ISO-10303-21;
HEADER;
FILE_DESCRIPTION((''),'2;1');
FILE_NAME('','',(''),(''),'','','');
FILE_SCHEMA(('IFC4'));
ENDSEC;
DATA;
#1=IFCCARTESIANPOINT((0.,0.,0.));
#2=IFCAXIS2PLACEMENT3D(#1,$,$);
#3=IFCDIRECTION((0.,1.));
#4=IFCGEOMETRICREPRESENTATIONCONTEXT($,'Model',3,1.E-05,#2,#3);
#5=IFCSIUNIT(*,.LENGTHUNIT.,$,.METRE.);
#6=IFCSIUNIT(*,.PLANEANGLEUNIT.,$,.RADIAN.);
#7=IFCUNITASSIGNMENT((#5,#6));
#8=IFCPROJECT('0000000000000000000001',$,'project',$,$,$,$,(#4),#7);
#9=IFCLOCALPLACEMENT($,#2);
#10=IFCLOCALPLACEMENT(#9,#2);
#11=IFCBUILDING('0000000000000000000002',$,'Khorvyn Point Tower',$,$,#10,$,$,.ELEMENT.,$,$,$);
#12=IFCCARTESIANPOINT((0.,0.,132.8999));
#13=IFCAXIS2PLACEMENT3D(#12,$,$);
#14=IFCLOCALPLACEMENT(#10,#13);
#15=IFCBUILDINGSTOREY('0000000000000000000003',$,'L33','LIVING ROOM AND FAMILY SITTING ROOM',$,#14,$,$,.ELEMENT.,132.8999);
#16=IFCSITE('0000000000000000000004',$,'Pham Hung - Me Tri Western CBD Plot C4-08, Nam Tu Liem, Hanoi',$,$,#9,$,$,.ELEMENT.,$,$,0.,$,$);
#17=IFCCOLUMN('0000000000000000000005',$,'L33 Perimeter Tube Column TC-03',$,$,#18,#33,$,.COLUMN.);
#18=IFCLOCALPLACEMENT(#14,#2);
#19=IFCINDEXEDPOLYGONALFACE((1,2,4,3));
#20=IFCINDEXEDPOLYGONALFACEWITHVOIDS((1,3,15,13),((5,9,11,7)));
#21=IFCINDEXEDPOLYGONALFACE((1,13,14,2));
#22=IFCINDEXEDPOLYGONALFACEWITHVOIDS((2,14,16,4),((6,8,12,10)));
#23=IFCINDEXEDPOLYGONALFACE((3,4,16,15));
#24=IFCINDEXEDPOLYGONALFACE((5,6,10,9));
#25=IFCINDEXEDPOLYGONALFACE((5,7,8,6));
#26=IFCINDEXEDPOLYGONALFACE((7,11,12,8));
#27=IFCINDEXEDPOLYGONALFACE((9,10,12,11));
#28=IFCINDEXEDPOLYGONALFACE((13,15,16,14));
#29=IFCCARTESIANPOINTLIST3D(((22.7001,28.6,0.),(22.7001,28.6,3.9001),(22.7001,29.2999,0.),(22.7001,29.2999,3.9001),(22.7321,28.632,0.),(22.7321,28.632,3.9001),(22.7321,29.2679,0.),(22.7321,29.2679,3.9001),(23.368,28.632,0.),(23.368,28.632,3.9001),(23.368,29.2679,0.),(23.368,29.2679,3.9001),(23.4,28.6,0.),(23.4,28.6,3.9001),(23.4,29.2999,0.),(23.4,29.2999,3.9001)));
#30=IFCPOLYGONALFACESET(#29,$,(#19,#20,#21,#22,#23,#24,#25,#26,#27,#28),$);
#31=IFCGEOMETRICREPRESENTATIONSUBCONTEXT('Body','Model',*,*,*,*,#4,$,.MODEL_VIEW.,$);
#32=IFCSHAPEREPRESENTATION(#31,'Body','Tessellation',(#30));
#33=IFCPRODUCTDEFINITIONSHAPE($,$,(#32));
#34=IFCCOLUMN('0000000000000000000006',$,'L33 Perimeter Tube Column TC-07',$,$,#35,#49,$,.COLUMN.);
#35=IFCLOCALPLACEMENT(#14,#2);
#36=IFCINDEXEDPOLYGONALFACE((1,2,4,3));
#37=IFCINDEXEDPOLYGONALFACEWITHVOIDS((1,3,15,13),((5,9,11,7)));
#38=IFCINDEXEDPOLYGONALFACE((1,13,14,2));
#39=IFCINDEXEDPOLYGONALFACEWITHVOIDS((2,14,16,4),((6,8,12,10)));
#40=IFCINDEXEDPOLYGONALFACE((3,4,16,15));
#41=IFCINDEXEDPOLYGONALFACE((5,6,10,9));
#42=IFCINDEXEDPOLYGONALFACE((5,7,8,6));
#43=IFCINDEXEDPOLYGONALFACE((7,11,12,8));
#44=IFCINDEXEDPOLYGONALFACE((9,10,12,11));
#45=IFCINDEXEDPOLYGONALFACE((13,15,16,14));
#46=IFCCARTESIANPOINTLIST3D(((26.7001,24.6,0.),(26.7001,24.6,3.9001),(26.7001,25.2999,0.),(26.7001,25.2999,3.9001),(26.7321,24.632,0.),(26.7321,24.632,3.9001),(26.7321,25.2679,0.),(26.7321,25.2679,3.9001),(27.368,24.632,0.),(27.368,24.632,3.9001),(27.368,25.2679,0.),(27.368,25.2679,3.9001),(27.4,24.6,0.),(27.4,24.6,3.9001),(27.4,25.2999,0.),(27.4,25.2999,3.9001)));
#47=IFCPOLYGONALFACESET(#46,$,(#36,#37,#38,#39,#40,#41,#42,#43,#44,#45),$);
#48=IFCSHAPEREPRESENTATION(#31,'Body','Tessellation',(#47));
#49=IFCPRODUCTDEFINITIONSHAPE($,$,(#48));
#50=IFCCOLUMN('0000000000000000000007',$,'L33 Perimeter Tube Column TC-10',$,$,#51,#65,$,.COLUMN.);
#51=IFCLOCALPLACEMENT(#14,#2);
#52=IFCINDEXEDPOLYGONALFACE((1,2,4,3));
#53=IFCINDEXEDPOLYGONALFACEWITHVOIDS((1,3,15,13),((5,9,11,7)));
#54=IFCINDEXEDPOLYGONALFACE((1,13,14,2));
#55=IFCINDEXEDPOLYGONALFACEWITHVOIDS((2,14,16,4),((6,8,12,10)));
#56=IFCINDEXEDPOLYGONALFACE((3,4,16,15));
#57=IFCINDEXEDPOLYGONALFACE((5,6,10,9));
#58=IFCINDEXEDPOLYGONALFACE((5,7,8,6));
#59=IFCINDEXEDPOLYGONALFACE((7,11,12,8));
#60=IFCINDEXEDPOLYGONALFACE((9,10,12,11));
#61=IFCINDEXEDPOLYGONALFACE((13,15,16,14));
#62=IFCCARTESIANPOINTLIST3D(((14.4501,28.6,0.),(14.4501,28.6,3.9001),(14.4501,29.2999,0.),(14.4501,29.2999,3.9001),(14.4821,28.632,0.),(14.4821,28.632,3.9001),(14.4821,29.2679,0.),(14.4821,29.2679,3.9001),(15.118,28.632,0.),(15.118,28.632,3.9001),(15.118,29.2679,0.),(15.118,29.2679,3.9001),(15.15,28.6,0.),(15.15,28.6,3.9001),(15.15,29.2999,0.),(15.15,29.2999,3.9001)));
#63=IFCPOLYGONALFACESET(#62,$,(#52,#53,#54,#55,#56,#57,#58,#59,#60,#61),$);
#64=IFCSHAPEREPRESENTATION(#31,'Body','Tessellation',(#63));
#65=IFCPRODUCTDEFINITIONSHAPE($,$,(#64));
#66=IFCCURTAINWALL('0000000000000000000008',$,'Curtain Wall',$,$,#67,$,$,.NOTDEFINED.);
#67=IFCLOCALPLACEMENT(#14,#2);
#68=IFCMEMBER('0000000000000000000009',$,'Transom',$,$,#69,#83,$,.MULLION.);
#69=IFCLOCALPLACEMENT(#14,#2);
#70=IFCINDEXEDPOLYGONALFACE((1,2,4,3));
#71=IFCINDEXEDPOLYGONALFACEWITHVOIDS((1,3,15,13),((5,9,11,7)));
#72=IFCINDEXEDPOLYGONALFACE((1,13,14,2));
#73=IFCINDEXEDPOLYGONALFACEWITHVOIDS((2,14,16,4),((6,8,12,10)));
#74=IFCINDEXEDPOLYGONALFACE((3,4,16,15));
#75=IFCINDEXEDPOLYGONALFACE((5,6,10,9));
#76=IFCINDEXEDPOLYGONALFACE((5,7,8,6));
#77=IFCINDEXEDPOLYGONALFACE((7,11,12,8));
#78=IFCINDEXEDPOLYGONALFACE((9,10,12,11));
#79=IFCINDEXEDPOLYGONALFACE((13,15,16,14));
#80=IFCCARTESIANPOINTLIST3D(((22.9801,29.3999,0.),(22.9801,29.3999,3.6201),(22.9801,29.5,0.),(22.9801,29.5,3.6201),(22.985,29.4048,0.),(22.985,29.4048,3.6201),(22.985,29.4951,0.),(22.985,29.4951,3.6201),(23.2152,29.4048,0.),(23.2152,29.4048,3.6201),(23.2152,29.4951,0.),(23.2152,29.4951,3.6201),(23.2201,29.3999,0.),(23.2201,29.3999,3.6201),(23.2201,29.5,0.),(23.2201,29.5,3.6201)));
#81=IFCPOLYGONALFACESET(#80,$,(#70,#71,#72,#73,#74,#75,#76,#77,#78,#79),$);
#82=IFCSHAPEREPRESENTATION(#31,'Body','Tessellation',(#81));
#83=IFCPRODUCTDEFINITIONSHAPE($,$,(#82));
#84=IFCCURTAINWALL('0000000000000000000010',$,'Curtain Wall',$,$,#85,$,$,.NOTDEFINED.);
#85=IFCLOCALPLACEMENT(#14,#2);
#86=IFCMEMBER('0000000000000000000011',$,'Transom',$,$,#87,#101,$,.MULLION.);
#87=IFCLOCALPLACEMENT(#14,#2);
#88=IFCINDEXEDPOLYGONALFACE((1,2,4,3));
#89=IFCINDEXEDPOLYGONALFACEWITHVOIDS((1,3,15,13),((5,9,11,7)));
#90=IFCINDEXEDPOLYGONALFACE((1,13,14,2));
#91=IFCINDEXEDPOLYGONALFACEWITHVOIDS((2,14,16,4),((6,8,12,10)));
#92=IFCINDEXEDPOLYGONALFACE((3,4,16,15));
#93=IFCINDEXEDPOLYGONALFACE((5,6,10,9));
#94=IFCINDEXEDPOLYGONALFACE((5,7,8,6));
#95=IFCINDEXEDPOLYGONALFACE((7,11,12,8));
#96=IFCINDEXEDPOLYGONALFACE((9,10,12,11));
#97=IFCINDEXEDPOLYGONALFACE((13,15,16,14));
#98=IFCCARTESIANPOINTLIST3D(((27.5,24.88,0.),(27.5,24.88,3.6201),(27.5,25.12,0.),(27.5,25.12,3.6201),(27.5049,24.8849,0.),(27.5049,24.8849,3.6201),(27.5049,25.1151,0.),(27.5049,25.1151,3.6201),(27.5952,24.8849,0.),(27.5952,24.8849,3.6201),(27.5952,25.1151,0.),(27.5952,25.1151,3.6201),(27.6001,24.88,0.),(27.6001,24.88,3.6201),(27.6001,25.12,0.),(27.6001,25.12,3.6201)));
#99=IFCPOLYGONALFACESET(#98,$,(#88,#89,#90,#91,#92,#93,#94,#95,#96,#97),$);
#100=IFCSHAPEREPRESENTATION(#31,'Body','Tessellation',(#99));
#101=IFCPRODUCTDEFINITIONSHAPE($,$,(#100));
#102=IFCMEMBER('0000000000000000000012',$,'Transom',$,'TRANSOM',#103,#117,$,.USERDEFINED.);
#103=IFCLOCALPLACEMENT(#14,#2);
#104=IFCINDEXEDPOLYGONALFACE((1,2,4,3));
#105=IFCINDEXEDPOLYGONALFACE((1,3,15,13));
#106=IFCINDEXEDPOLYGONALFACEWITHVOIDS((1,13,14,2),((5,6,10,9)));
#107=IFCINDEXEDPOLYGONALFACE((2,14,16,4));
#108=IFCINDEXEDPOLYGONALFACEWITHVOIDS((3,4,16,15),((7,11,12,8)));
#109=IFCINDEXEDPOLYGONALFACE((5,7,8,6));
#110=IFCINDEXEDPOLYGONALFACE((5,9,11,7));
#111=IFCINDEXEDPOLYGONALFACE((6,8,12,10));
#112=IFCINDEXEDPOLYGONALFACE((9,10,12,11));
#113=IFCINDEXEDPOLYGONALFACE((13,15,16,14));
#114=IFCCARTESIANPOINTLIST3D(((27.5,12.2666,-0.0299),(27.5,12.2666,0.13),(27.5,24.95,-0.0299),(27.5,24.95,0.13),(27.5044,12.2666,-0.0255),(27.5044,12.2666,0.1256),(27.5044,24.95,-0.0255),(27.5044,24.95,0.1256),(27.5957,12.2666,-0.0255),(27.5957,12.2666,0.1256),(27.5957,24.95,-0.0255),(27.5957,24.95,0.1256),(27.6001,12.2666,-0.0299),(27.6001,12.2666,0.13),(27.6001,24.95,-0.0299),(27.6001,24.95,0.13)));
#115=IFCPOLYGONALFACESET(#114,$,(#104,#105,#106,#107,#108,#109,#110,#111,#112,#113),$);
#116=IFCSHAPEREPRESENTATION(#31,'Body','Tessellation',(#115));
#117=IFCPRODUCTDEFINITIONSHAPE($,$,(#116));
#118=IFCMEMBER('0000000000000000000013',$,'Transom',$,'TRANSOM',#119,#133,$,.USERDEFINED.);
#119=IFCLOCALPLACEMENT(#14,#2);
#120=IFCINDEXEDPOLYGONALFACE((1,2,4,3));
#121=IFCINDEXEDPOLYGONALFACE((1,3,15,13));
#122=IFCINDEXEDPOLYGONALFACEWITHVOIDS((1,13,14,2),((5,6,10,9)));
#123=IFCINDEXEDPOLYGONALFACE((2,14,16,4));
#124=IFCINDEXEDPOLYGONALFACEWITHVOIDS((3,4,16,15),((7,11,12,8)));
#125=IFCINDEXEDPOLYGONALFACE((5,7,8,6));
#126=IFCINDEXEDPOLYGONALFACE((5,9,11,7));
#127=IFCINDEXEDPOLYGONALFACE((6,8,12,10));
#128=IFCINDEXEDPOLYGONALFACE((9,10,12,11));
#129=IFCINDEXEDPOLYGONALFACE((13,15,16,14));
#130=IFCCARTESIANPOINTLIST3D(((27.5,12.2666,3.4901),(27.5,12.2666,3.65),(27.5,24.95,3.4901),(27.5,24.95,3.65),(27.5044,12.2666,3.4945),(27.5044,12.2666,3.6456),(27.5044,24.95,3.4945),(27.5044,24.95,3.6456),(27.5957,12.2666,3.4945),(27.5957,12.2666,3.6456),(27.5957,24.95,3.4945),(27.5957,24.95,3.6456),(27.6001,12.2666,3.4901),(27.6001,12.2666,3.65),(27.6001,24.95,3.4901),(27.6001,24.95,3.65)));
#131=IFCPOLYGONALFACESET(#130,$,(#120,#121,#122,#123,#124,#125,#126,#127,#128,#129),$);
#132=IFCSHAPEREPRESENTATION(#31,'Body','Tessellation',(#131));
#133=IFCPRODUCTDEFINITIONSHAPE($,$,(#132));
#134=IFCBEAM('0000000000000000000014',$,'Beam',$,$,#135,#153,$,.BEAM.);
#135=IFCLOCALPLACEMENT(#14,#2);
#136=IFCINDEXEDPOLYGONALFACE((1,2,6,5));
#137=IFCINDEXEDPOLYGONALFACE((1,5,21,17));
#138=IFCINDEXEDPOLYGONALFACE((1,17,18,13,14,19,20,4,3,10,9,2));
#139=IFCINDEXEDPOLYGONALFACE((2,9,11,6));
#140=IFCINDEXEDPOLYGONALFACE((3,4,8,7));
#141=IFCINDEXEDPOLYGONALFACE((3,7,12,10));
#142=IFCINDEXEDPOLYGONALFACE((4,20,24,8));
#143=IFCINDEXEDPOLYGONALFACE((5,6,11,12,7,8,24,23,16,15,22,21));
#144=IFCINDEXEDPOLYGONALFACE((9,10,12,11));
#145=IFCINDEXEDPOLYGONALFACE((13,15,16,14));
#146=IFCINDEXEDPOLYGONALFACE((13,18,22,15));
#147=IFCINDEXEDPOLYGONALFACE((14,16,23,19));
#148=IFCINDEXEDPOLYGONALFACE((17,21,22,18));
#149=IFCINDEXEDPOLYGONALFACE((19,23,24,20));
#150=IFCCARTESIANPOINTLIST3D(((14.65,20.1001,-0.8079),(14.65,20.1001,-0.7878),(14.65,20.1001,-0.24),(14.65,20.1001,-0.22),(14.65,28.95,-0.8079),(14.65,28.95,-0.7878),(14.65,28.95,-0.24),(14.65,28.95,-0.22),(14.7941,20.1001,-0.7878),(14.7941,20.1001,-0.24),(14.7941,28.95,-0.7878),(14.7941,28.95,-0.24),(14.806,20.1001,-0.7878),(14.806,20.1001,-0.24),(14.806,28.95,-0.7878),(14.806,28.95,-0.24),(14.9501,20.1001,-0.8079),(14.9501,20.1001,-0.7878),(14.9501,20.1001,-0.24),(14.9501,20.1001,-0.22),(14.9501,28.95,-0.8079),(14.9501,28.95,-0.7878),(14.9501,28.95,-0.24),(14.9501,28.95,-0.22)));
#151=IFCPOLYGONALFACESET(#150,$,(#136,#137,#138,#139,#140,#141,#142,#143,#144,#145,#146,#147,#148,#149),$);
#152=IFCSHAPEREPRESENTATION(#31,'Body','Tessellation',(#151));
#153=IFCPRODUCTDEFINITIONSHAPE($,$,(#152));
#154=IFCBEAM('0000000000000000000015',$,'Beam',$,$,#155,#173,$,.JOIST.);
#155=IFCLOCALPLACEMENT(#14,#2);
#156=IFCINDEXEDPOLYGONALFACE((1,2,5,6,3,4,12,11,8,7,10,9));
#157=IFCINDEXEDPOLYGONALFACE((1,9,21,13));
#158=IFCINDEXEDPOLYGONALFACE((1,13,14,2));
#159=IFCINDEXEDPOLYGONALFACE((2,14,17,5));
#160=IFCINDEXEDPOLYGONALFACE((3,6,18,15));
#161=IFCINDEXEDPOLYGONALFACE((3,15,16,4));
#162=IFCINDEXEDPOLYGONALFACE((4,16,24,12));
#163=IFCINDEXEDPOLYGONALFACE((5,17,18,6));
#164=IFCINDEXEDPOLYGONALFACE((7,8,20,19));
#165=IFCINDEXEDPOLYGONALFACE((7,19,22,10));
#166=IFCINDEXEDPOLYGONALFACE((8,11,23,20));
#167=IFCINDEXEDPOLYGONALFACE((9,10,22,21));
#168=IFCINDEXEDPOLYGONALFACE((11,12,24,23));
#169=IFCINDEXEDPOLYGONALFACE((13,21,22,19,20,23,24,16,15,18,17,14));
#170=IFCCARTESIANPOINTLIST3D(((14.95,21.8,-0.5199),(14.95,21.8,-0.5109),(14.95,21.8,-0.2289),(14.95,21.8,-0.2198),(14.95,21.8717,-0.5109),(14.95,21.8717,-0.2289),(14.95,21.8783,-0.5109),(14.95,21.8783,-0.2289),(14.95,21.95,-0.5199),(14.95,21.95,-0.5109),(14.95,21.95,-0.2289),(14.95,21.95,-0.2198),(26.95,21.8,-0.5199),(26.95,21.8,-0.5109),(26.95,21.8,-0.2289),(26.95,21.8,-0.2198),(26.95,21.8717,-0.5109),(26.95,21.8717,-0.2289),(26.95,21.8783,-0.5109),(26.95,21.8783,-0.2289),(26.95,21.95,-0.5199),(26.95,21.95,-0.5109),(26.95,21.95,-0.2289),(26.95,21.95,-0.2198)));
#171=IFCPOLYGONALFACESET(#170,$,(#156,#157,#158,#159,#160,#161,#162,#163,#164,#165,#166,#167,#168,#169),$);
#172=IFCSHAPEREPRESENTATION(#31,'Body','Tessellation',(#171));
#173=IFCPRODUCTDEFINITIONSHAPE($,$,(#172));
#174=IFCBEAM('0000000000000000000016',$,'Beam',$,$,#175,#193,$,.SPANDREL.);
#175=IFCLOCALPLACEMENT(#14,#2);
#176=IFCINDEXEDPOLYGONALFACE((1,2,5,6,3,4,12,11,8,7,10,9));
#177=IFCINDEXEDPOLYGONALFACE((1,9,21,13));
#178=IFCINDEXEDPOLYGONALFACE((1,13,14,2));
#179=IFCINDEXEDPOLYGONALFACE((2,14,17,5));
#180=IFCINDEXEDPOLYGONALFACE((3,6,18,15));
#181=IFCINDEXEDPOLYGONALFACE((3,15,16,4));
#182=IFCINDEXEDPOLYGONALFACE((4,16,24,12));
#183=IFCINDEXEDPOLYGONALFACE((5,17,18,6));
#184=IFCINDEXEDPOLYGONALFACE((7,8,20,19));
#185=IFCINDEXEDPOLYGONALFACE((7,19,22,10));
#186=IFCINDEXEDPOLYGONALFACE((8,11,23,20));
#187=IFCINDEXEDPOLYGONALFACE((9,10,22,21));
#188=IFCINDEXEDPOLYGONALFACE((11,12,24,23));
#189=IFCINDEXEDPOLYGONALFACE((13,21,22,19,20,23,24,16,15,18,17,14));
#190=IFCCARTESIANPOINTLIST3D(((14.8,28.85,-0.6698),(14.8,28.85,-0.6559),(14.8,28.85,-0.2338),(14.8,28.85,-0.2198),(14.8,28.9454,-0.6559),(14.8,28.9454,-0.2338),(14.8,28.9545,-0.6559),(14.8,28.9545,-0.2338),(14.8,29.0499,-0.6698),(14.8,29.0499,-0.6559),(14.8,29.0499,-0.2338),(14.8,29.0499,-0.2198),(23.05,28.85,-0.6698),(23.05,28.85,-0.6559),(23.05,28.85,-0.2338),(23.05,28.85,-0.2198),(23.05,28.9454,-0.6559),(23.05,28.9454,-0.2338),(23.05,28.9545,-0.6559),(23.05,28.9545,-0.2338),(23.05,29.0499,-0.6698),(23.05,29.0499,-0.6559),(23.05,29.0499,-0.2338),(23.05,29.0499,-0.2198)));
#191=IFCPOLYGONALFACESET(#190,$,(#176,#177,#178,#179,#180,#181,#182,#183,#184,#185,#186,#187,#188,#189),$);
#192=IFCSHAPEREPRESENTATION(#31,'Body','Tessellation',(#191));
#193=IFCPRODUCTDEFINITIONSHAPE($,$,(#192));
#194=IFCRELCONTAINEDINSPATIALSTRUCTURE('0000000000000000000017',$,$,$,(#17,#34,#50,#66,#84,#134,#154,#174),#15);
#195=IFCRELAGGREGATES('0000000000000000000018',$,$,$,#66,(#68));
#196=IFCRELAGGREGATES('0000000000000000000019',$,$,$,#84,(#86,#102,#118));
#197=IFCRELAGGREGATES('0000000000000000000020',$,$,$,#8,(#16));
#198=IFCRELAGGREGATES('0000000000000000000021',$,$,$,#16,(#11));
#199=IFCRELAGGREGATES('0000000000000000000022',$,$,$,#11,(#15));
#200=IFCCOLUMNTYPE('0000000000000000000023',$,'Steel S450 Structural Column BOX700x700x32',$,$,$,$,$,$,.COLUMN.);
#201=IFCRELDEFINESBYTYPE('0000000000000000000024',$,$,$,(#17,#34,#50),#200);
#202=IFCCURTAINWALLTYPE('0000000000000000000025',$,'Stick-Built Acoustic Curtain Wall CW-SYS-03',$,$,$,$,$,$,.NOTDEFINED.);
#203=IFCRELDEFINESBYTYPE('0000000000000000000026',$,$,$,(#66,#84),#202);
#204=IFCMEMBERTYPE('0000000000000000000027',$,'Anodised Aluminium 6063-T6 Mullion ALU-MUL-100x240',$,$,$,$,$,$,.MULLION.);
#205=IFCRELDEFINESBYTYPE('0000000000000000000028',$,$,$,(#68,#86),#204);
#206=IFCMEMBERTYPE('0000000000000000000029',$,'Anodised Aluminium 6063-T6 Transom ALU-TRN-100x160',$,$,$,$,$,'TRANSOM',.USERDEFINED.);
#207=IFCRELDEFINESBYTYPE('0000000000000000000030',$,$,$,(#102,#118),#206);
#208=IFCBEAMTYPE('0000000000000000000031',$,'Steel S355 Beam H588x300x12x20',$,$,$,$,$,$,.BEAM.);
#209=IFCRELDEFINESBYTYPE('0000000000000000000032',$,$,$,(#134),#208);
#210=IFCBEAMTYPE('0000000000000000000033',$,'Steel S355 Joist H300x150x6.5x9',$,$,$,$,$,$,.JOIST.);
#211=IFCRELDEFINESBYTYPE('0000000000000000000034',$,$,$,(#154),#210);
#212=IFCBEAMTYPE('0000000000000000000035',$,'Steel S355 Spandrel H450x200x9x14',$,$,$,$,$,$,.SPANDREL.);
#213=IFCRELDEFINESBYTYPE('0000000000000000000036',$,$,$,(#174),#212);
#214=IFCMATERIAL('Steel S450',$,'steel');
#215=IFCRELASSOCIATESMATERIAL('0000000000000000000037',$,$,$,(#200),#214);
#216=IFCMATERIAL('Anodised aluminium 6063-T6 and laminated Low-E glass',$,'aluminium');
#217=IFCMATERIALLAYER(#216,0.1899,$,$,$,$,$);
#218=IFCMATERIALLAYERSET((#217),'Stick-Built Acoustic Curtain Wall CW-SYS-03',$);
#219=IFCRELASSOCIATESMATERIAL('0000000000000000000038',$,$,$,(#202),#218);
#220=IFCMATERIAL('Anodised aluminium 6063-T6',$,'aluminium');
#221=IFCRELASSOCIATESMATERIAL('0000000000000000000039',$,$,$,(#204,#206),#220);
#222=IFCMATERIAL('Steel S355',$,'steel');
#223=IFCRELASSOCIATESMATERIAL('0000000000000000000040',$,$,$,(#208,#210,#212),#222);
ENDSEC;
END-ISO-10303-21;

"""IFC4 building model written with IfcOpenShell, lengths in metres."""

from ifc_helpers import new_model, si_unit, direction, frame, origin, origin_2d, place, context, subcontext, project, spatial, hollow_rectangle, i_section, extrude, material, layer, layer_set, material_profile, profile_set, type_object, element, aggregate, save


model = new_model("IFC4")

# Units and contexts
model_context = context("Model", 3, precision=1e-05, world=origin(), true_north=direction((0.0, 1.0)))
body_context = subcontext(model_context, "Body", "Model", "MODEL_VIEW")
ifc_project = project(units=[si_unit("LENGTHUNIT", "METRE"), si_unit("PLANEANGLEUNIT", "RADIAN")], contexts=[model_context])

# Site, building, storey
site_placement = place(None, origin())
site = spatial("IfcSite", under=ifc_project, at=site_placement, Name="Pham Hung - Me Tri Western CBD Plot C4-08, Nam Tu Liem, Hanoi", CompositionType="ELEMENT", RefElevation=0.0)
building_placement = place(site_placement, origin())
building = spatial("IfcBuilding", under=site, at=building_placement, Name="Khorvyn Point Tower", CompositionType="ELEMENT")
storey_placement = place(building_placement, frame((0.0, 0.0, 132.8999)))
storey = spatial("IfcBuildingStorey", under=building, at=storey_placement, Name="L33", Description="LIVING ROOM AND FAMILY SITTING ROOM", CompositionType="ELEMENT", Elevation=132.8999)

# Columns
ifc_material_1 = material(Name="Steel S450", Category="steel")
ifc_material_profile_1 = material_profile(ifc_material_1, hollow_rectangle(XDim=0.7, YDim=0.7, WallThickness=0.032, at=origin_2d()))
ifc_profile_set_1 = profile_set([ifc_material_profile_1], Name="Steel S450 BOX700x700x32")
column_type = type_object("IfcColumnType", Name="Steel S450 Structural Column BOX700x700x32", PredefinedType="COLUMN", material=ifc_profile_set_1)
for number, where, z_axis, x_axis, name in (
    (1, (23.05, 28.95, 0.0), (0.0, 0.0, 1.0), (1.0, 0.0, 0.0), "L33 Perimeter Tube Column TC-03"),
    (2, (27.05, 24.95, 0.0), (0.0, 0.0, 1.0), (1.0, 0.0, 0.0), "L33 Perimeter Tube Column TC-07"),
    (3, (14.8, 28.95, 0.0), (0.0, 0.0, 1.0), (1.0, 0.0, 0.0), "L33 Perimeter Tube Column TC-10"),
):
    element("IfcColumn", number, at=place(storey_placement, frame(where, z_axis=z_axis, x_axis=x_axis)), inside=storey, type_object=column_type, Name=name, PredefinedType="COLUMN", context=body_context, shape_type="SweptSolid", body=[
        extrude(hollow_rectangle(XDim=0.7, YDim=0.7, WallThickness=0.032, at=origin_2d()), origin(), (0.0, 0.0, 1.0), 3.9001),
    ])

# Curtain wall, member
ifc_material_2 = material(Name="Anodised aluminium 6063-T6 and laminated Low-E glass", Category="aluminium")
ifc_layer_1 = layer(ifc_material_2, 0.1899)
ifc_layer_set_1 = layer_set([ifc_layer_1], Name="Stick-Built Acoustic Curtain Wall CW-SYS-03")
curtain_wall_type = type_object("IfcCurtainWallType", Name="Stick-Built Acoustic Curtain Wall CW-SYS-03", PredefinedType="NOTDEFINED", material=ifc_layer_set_1)
curtain_wall_1_placement = place(storey_placement, origin())
curtain_wall_1 = element("IfcCurtainWall", 4, at=curtain_wall_1_placement, inside=storey, type_object=curtain_wall_type, Name="Curtain Wall", PredefinedType="NOTDEFINED")
ifc_material_3 = material(Name="Anodised aluminium 6063-T6", Category="aluminium")
ifc_material_profile_2 = material_profile(ifc_material_3, hollow_rectangle(XDim=0.1001, YDim=0.24, WallThickness=0.0049, at=origin_2d()))
ifc_profile_set_2 = profile_set([ifc_material_profile_2], Name="Anodised aluminium 6063-T6 ALU-MUL-100x240")
member_type_1 = type_object("IfcMemberType", Name="Anodised Aluminium 6063-T6 Mullion ALU-MUL-100x240", PredefinedType="MULLION", material=ifc_profile_set_2)
member_1_placement = place(storey_placement, frame((23.1001, 29.45, 0.0), z_axis=(0.0, 0.0, 1.0), x_axis=(0.0, 1.0, 0.0)))
member_1 = element("IfcMember", 5, at=member_1_placement, type_object=member_type_1, Name="Transom", PredefinedType="MULLION", context=body_context, shape_type="SweptSolid", body=[
    extrude(hollow_rectangle(XDim=0.1001, YDim=0.24, WallThickness=0.0049, at=origin_2d()), origin(), (0.0, 0.0, 1.0), 3.6201),
])

# Curtain wall, members
curtain_wall_2_placement = place(storey_placement, origin())
curtain_wall_2 = element("IfcCurtainWall", 6, at=curtain_wall_2_placement, inside=storey, type_object=curtain_wall_type, Name="Curtain Wall", PredefinedType="NOTDEFINED")
member_2_placement = place(storey_placement, frame((27.55, 25.0, 0.0), z_axis=(0.0, 0.0, 1.0), x_axis=(1.0, 0.0, 0.0)))
member_2 = element("IfcMember", 7, at=member_2_placement, type_object=member_type_1, Name="Transom", PredefinedType="MULLION", context=body_context, shape_type="SweptSolid", body=[
    extrude(hollow_rectangle(XDim=0.1001, YDim=0.24, WallThickness=0.0049, at=origin_2d()), origin(), (0.0, 0.0, 1.0), 3.6201),
])
ifc_material_profile_3 = material_profile(ifc_material_3, hollow_rectangle(XDim=0.1001, YDim=0.1599, WallThickness=0.0044, at=origin_2d()))
ifc_profile_set_3 = profile_set([ifc_material_profile_3], Name="Anodised aluminium 6063-T6 ALU-TRN-100x160")
member_type_2 = type_object("IfcMemberType", Name="Anodised Aluminium 6063-T6 Transom ALU-TRN-100x160", ElementType="TRANSOM", PredefinedType="USERDEFINED", material=ifc_profile_set_3)
member_3_placement = place(storey_placement, frame((27.55, 24.95, 0.05), z_axis=(0.0, -1.0, 0.0), x_axis=(1.0, 0.0, 0.0)))
member_3 = element("IfcMember", 8, at=member_3_placement, type_object=member_type_2, Name="Transom", ObjectType="TRANSOM", PredefinedType="USERDEFINED", context=body_context, shape_type="SweptSolid", body=[
    extrude(hollow_rectangle(XDim=0.1001, YDim=0.1599, WallThickness=0.0044, at=origin_2d()), origin(), (0.0, 0.0, 1.0), 12.6833),
])
member_4_placement = place(storey_placement, frame((27.55, 24.95, 3.5701), z_axis=(0.0, -1.0, 0.0), x_axis=(1.0, 0.0, 0.0)))
member_4 = element("IfcMember", 9, at=member_4_placement, type_object=member_type_2, Name="Transom", ObjectType="TRANSOM", PredefinedType="USERDEFINED", context=body_context, shape_type="SweptSolid", body=[
    extrude(hollow_rectangle(XDim=0.1001, YDim=0.1599, WallThickness=0.0044, at=origin_2d()), origin(), (0.0, 0.0, 1.0), 12.6833),
])

# Beams
ifc_material_4 = material(Name="Steel S355", Category="steel")
ifc_material_profile_4 = material_profile(ifc_material_4, i_section(OverallWidth=0.3, OverallDepth=0.5879, WebThickness=0.012, FlangeThickness=0.02, at=origin_2d()))
ifc_profile_set_4 = profile_set([ifc_material_profile_4], Name="Steel S355 H588x300x12x20")
beam_type_1 = type_object("IfcBeamType", Name="Steel S355 Beam H588x300x12x20", PredefinedType="BEAM", material=ifc_profile_set_4)
beam_1_placement = place(storey_placement, frame((14.8, 20.1001, -0.5139), z_axis=(0.0, 1.0, 0.0), x_axis=(-1.0, 0.0, 0.0)))
element("IfcBeam", 10, at=beam_1_placement, inside=storey, type_object=beam_type_1, Name="Beam", PredefinedType="BEAM", context=body_context, shape_type="SweptSolid", body=[
    extrude(i_section(OverallWidth=0.3, OverallDepth=0.5879, WebThickness=0.012, FlangeThickness=0.02, at=origin_2d()), origin(), (0.0, 0.0, 1.0), 8.8499),
])
ifc_material_profile_5 = material_profile(ifc_material_4, i_section(OverallWidth=0.1499, OverallDepth=0.3, WebThickness=0.0066, FlangeThickness=0.009, at=origin_2d()))
ifc_profile_set_5 = profile_set([ifc_material_profile_5], Name="Steel S355 H300x150x6.5x9")
beam_type_2 = type_object("IfcBeamType", Name="Steel S355 Joist H300x150x6.5x9", PredefinedType="JOIST", material=ifc_profile_set_5)
beam_2_placement = place(storey_placement, frame((14.95, 21.875, -0.3699), z_axis=(1.0, 0.0, 0.0), x_axis=(0.0, 1.0, 0.0)))
element("IfcBeam", 11, at=beam_2_placement, inside=storey, type_object=beam_type_2, Name="Beam", PredefinedType="JOIST", context=body_context, shape_type="SweptSolid", body=[
    extrude(i_section(OverallWidth=0.1499, OverallDepth=0.3, WebThickness=0.0066, FlangeThickness=0.009, at=origin_2d()), origin(), (0.0, 0.0, 1.0), 12.0),
])
ifc_material_profile_6 = material_profile(ifc_material_4, i_section(OverallWidth=0.2, OverallDepth=0.45, WebThickness=0.009, FlangeThickness=0.0139, at=origin_2d()))
ifc_profile_set_6 = profile_set([ifc_material_profile_6], Name="Steel S355 H450x200x9x14")
beam_type_3 = type_object("IfcBeamType", Name="Steel S355 Spandrel H450x200x9x14", PredefinedType="SPANDREL", material=ifc_profile_set_6)
beam_3_placement = place(storey_placement, frame((14.8, 28.95, -0.4448), z_axis=(1.0, 0.0, 0.0), x_axis=(0.0, 1.0, 0.0)))
element("IfcBeam", 12, at=beam_3_placement, inside=storey, type_object=beam_type_3, Name="Beam", PredefinedType="SPANDREL", context=body_context, shape_type="SweptSolid", body=[
    extrude(i_section(OverallWidth=0.2, OverallDepth=0.45, WebThickness=0.009, FlangeThickness=0.0139, at=origin_2d()), origin(), (0.0, 0.0, 1.0), 8.25),
])

aggregate(curtain_wall_1, [member_1])
aggregate(curtain_wall_2, [member_2, member_3, member_4])

save(model, "model.ifc")
